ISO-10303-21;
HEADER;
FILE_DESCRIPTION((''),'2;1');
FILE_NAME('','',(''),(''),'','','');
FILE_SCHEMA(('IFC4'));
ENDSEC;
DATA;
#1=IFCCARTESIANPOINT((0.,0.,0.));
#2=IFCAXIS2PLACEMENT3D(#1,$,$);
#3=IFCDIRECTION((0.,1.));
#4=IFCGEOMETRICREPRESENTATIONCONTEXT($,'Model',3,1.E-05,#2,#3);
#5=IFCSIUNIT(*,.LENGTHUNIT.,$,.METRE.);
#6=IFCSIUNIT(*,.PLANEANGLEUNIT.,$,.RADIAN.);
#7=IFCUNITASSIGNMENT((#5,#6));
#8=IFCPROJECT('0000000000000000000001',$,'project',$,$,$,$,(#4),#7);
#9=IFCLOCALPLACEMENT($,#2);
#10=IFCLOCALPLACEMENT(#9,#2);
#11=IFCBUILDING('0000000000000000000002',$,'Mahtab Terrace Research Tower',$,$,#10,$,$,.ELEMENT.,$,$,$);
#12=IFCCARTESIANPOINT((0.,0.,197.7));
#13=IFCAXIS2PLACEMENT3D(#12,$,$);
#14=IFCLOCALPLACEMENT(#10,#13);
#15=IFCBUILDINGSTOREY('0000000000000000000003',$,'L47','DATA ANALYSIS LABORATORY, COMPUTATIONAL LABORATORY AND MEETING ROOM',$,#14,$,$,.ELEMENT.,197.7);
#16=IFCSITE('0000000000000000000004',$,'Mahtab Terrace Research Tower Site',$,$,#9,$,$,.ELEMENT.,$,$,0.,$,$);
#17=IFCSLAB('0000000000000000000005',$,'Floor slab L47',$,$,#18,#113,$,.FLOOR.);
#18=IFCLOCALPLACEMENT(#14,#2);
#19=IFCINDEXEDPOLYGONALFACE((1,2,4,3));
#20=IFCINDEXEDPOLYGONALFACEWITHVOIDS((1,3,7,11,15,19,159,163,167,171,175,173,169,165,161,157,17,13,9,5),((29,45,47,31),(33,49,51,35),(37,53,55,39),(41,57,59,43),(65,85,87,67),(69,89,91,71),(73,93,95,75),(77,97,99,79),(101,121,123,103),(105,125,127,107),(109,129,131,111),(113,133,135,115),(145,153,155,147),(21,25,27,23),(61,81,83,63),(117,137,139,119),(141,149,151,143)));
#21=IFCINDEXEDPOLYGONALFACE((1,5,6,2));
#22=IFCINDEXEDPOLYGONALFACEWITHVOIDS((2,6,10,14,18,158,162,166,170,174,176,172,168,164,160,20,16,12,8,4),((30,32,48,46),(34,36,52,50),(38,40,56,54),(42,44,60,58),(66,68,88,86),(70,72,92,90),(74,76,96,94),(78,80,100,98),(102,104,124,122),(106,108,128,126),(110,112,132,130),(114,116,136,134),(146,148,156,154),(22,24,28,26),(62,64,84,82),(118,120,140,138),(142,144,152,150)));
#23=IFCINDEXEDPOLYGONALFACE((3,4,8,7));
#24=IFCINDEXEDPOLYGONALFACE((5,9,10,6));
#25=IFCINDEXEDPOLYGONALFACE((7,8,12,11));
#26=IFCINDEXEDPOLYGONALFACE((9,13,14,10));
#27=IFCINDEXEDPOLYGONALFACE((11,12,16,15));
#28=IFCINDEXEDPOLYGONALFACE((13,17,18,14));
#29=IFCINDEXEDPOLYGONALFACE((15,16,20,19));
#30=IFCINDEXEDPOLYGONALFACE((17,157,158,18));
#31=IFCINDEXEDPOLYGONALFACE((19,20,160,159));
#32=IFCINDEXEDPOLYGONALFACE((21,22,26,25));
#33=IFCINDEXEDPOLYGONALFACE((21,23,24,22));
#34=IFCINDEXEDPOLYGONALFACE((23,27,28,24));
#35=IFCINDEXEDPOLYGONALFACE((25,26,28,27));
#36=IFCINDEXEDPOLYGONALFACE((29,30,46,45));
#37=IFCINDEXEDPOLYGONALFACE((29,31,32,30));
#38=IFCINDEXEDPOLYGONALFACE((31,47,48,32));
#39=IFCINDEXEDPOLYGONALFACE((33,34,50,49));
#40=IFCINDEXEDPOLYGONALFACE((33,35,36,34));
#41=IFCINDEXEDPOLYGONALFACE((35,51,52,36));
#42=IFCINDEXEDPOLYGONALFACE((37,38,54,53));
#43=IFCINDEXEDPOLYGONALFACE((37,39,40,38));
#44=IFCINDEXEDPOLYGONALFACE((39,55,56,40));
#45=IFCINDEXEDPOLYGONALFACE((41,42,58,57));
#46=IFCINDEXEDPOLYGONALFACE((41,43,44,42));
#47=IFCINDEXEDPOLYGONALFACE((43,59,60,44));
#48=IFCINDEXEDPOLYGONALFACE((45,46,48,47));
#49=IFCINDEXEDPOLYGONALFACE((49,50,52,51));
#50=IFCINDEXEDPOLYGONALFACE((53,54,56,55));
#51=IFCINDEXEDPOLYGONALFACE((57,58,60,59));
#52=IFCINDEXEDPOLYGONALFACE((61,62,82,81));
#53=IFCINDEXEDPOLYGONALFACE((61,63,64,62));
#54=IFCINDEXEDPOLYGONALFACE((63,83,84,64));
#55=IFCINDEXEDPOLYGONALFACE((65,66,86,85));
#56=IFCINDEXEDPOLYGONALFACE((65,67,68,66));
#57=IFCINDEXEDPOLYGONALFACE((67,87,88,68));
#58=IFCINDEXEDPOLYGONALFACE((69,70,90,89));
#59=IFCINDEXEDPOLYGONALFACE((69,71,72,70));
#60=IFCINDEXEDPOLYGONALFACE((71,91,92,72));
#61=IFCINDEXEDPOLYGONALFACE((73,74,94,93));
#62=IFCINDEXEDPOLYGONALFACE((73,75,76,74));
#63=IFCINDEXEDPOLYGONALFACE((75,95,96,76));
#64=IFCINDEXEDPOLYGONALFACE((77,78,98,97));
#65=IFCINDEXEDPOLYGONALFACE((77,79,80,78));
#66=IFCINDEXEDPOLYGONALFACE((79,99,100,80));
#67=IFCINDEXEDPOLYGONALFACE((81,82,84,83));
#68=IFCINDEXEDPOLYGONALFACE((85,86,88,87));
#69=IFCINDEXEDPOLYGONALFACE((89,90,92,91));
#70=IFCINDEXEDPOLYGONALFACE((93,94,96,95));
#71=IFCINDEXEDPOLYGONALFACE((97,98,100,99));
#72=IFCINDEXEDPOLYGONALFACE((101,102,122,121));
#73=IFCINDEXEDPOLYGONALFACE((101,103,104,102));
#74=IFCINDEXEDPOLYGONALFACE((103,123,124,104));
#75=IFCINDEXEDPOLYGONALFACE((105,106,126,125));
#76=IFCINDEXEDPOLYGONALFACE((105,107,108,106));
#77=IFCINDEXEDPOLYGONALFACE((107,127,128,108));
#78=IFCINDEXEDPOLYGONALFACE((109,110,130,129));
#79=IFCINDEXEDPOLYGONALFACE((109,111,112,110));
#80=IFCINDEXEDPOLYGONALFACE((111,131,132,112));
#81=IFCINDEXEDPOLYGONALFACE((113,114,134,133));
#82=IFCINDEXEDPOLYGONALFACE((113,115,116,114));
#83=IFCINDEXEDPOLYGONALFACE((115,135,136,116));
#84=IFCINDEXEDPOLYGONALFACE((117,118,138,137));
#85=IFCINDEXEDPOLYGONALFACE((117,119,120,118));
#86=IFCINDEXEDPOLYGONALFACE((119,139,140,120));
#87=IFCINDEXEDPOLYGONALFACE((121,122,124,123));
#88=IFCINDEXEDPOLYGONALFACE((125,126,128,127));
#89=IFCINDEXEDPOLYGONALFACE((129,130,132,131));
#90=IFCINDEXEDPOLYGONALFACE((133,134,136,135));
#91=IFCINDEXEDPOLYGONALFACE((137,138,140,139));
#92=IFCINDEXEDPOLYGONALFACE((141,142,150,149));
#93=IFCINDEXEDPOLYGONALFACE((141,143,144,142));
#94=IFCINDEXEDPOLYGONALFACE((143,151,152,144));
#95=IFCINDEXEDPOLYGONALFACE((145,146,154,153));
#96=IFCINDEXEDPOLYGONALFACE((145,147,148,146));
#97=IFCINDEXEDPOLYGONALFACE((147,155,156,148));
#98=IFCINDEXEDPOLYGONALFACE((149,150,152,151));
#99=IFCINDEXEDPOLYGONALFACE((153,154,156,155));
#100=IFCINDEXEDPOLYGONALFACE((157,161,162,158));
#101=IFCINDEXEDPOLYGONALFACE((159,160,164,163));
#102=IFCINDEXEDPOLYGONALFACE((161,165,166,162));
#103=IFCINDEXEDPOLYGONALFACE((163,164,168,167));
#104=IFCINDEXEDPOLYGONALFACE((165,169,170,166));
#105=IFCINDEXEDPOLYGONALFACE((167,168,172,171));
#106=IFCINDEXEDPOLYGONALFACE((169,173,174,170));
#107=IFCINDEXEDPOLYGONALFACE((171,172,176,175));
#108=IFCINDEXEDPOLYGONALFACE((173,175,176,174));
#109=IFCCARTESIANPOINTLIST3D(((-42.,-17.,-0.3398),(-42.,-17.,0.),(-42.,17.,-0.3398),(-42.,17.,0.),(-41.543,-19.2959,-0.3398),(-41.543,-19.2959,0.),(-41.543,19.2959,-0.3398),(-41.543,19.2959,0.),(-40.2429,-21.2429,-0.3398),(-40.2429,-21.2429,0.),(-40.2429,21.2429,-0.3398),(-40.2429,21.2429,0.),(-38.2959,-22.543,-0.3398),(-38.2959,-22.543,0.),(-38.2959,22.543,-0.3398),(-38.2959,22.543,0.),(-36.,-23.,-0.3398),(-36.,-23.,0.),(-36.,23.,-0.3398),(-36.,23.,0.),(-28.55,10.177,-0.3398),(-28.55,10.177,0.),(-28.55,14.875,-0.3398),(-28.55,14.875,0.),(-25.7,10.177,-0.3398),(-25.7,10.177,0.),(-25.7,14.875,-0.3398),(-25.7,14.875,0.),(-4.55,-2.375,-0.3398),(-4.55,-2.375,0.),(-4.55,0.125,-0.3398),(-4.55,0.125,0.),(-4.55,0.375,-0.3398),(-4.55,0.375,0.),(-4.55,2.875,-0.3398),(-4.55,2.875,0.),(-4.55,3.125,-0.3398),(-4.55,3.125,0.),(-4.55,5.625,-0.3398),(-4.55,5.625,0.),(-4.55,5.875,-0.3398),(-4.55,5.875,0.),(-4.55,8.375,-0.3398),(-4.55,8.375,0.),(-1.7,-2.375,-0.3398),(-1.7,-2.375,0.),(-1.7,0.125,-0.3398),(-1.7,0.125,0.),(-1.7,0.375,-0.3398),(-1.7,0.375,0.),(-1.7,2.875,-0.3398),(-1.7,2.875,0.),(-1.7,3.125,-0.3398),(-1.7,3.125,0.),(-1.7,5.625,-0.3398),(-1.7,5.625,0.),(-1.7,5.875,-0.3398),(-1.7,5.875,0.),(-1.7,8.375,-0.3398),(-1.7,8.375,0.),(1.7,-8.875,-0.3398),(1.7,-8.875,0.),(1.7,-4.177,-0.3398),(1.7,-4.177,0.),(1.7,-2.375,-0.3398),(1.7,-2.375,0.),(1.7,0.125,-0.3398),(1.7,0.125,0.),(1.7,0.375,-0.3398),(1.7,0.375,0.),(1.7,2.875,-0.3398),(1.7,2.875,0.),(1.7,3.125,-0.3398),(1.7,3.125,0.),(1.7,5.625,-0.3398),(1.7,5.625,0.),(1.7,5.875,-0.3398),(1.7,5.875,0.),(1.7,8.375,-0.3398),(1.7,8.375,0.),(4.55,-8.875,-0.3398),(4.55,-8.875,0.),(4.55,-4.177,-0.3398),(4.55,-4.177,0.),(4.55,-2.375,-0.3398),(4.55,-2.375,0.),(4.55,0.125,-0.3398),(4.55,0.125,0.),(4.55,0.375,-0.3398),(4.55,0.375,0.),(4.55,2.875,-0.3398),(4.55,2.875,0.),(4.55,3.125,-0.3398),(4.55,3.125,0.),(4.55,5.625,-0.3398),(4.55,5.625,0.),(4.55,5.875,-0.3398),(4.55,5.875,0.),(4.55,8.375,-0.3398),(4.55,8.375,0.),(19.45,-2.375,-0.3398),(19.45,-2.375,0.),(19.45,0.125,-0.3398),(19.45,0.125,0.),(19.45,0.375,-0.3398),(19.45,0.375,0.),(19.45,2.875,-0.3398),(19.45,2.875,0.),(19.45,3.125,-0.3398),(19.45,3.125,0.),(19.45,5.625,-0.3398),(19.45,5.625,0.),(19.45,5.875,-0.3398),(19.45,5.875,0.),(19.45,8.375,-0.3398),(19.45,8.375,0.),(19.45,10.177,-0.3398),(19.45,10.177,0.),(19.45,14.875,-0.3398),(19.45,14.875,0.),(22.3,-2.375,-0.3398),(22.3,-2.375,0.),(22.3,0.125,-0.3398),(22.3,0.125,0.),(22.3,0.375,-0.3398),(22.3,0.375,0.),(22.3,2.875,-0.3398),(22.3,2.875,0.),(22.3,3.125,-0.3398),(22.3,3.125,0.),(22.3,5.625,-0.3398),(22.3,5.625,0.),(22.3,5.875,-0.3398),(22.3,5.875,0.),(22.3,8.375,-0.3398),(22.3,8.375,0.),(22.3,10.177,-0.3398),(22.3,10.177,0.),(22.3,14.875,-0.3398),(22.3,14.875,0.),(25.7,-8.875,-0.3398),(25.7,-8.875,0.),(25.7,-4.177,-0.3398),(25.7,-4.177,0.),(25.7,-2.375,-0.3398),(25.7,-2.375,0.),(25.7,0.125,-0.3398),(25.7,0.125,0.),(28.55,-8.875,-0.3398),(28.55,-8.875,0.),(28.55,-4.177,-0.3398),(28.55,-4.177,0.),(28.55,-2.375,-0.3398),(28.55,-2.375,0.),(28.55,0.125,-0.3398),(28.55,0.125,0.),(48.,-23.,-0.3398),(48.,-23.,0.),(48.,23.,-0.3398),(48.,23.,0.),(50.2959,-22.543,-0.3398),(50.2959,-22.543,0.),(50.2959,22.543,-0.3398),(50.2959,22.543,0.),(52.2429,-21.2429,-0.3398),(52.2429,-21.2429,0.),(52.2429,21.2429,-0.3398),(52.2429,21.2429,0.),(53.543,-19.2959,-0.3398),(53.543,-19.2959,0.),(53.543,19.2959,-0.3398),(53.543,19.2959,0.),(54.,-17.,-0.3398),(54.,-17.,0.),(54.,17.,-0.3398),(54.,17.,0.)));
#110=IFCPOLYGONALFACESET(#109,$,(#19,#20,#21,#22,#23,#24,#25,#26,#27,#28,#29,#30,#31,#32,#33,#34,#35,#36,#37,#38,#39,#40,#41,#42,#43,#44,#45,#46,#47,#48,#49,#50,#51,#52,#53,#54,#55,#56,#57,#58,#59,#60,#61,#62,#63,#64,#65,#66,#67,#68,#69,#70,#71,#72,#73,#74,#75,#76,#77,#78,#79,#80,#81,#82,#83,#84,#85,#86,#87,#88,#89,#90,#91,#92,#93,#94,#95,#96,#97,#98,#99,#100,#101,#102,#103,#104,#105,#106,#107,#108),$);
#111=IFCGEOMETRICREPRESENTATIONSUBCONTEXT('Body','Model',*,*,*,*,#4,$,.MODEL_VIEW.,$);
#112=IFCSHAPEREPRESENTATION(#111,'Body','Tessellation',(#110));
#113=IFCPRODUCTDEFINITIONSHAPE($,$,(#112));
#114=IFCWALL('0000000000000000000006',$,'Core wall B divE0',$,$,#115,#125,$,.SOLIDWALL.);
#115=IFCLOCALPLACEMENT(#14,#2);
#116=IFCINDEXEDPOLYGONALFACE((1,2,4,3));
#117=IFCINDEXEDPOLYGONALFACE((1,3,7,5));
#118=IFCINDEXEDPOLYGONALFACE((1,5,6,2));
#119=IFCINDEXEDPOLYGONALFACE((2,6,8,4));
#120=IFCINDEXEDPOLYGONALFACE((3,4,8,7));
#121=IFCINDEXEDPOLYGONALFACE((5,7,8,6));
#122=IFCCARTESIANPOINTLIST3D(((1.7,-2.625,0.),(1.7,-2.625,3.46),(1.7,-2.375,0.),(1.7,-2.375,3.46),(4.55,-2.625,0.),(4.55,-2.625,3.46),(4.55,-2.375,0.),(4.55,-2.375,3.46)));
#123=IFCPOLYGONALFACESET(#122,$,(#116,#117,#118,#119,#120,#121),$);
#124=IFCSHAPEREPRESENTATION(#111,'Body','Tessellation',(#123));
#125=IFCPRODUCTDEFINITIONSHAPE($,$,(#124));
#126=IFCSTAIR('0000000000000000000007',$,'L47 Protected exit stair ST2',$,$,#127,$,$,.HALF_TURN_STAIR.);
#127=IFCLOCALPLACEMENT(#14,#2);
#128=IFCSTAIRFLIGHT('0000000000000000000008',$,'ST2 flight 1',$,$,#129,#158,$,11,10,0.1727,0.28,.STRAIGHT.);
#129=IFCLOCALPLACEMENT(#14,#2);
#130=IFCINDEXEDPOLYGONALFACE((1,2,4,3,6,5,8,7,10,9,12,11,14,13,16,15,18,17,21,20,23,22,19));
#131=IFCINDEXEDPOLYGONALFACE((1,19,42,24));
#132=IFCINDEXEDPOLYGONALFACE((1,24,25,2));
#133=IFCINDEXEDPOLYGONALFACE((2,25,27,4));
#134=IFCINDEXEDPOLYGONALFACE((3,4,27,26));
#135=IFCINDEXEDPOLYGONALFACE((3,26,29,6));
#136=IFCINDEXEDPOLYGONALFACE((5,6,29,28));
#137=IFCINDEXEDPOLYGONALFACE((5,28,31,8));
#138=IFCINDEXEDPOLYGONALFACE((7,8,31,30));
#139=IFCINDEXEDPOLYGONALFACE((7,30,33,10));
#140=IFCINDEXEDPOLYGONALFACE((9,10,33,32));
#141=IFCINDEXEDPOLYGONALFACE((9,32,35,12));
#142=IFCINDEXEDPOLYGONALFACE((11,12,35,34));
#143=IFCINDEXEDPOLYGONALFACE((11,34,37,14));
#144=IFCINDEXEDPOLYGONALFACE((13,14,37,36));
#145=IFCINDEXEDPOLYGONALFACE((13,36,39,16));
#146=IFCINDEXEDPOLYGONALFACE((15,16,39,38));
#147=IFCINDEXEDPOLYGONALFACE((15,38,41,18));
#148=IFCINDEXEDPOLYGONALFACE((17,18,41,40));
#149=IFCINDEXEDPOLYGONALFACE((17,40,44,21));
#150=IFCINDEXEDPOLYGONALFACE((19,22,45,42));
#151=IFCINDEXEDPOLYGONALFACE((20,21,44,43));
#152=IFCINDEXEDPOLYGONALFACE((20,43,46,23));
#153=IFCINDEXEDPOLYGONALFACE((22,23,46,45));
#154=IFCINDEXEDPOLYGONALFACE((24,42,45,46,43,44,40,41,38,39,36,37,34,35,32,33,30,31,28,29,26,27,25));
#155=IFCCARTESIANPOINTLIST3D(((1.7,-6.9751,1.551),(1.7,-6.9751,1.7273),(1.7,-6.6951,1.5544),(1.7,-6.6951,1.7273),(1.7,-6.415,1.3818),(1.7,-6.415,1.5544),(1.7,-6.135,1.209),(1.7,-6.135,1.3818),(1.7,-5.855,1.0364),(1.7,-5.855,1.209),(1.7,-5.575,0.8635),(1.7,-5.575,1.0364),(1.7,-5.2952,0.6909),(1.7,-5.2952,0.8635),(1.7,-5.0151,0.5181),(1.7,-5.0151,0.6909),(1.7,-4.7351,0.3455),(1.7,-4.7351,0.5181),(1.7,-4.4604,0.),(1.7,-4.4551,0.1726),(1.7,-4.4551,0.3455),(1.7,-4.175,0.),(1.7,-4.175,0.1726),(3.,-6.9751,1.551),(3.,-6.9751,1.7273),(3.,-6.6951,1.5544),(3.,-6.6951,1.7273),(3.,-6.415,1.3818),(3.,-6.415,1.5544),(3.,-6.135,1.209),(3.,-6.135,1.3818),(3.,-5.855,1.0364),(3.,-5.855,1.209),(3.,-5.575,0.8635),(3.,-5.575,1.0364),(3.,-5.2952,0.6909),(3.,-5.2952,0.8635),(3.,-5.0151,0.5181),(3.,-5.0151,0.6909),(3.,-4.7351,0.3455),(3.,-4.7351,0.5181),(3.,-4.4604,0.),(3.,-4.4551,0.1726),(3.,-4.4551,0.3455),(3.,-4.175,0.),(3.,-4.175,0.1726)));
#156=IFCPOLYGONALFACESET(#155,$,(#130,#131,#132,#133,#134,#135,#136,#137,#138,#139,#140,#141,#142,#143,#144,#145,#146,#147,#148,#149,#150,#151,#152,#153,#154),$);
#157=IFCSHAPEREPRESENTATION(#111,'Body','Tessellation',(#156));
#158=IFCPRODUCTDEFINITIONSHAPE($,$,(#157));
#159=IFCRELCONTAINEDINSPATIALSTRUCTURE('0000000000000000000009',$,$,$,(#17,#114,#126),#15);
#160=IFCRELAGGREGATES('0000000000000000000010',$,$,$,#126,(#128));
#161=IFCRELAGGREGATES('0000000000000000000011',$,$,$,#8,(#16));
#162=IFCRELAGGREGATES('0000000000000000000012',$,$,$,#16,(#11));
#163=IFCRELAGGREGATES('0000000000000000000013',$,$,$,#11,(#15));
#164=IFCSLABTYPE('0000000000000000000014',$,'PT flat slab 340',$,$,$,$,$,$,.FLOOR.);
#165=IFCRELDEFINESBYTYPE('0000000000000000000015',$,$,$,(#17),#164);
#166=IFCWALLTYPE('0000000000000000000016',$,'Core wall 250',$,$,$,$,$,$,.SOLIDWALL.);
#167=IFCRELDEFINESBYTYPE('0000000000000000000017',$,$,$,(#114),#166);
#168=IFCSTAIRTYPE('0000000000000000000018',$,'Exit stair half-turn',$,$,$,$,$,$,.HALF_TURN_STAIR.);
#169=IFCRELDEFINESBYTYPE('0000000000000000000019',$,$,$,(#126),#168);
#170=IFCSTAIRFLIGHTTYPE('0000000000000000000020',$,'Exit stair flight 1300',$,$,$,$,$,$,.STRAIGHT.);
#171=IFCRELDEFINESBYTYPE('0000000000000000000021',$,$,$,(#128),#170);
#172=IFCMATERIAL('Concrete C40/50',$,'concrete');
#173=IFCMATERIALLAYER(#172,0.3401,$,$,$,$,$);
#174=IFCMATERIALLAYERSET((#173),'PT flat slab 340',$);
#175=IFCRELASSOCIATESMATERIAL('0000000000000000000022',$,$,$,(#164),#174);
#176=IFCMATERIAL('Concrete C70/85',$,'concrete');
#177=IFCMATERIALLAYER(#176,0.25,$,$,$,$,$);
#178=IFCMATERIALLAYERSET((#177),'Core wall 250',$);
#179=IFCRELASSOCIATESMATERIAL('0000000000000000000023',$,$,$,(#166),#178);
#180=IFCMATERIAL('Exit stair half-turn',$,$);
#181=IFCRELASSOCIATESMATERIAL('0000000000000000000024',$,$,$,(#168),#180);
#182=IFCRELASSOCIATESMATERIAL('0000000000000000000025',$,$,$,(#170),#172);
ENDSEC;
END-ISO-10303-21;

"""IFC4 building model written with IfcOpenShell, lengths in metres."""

from ifc_helpers import new_model, si_unit, direction, frame, frame_2d, origin, place, context, subcontext, project, spatial, polyline, rectangle, outline, extrude, material, layer, layer_set, type_object, element, aggregate, save


model = new_model("IFC4")

# Units and contexts
model_context = context("Model", 3, precision=1e-05, world=origin(), true_north=direction((0.0, 1.0)))
body_context = subcontext(model_context, "Body", "Model", "MODEL_VIEW")
ifc_project = project(units=[si_unit("LENGTHUNIT", "METRE"), si_unit("PLANEANGLEUNIT", "RADIAN")], contexts=[model_context])

# Site, building, storey
site_placement = place(None, origin())
site = spatial("IfcSite", under=ifc_project, at=site_placement, Name="Mahtab Terrace Research Tower Site", CompositionType="ELEMENT", RefElevation=0.0)
building_placement = place(site_placement, origin())
building = spatial("IfcBuilding", under=site, at=building_placement, Name="Mahtab Terrace Research Tower", CompositionType="ELEMENT")
storey_placement = place(building_placement, frame((0.0, 0.0, 197.7)))
storey = spatial("IfcBuildingStorey", under=building, at=storey_placement, Name="L47", Description="DATA ANALYSIS LABORATORY, COMPUTATIONAL LABORATORY AND MEETING ROOM", CompositionType="ELEMENT", Elevation=197.7)

# Slab
ifc_material_1 = material(Name="Concrete C40/50", Category="concrete")
ifc_layer_1 = layer(ifc_material_1, 0.3401)
ifc_layer_set_1 = layer_set([ifc_layer_1], Name="PT flat slab 340")
slab_type = type_object("IfcSlabType", Name="PT flat slab 340", PredefinedType="FLOOR", material=ifc_layer_set_1)
slab_placement = place(storey_placement, frame((0.0, 0.0, -0.3398)))
element("IfcSlab", 1, at=slab_placement, inside=storey, type_object=slab_type, Name="Floor slab L47", PredefinedType="FLOOR", context=body_context, shape_type="SweptSolid", body=[
    extrude(outline(polyline([(53.543, 19.2959), (52.2429, 21.2429), (50.2959, 22.543), (48.0, 23.0), (-36.0, 23.0), (-38.2959, 22.543), (-40.2429, 21.2429), (-41.543, 19.2959), (-42.0, 17.0), (-42.0, -17.0), (-41.543, -19.2959), (-40.2429, -21.2429), (-38.2959, -22.543), (-36.0, -23.0), (48.0, -23.0), (50.2959, -22.543), (52.2429, -21.2429), (53.543, -19.2959), (54.0, -17.0), (54.0, 17.0), (53.543, 19.2959)]), holes=[polyline([(-4.55, -2.375), (-4.55, 0.125), (-1.7, 0.125), (-1.7, -2.375), (-4.55, -2.375)]), polyline([(1.7, -2.375), (1.7, 0.125), (4.55, 0.125), (4.55, -2.375), (1.7, -2.375)]), polyline([(-4.55, 0.375), (-4.55, 2.875), (-1.7, 2.875), (-1.7, 0.375), (-4.55, 0.375)]), polyline([(1.7, 0.375), (1.7, 2.875), (4.55, 2.875), (4.55, 0.375), (1.7, 0.375)]), polyline([(-4.55, 3.125), (-4.55, 5.625), (-1.7, 5.625), (-1.7, 3.125), (-4.55, 3.125)]), polyline([(1.7, 3.125), (1.7, 5.625), (4.55, 5.625), (4.55, 3.125), (1.7, 3.125)]), polyline([(-4.55, 5.875), (-4.55, 8.375), (-1.7, 8.375), (-1.7, 5.875), (-4.55, 5.875)]), polyline([(1.7, 5.875), (1.7, 8.375), (4.55, 8.375), (4.55, 5.875), (1.7, 5.875)]), polyline([(-28.55, 10.177), (-28.55, 14.875), (-25.7, 14.875), (-25.7, 10.177), (-28.55, 10.177)]), polyline([(1.7, -8.875), (1.7, -4.177), (4.55, -4.177), (4.55, -8.875), (1.7, -8.875)]), polyline([(25.7, -8.875), (25.7, -4.177), (28.55, -4.177), (28.55, -8.875), (25.7, -8.875)]), polyline([(19.45, -2.375), (19.45, 0.125), (22.3, 0.125), (22.3, -2.375), (19.45, -2.375)]), polyline([(25.7, -2.375), (25.7, 0.125), (28.55, 0.125), (28.55, -2.375), (25.7, -2.375)]), polyline([(19.45, 0.375), (19.45, 2.875), (22.3, 2.875), (22.3, 0.375), (19.45, 0.375)]), polyline([(19.45, 3.125), (19.45, 5.625), (22.3, 5.625), (22.3, 3.125), (19.45, 3.125)]), polyline([(19.45, 8.375), (22.3, 8.375), (22.3, 5.875), (19.45, 5.875), (19.45, 8.375)]), polyline([(19.45, 14.875), (22.3, 14.875), (22.3, 10.177), (19.45, 10.177), (19.45, 14.875)])]), origin(), (0.0, 0.0, 1.0), 0.3398),
])

# Wall
ifc_material_2 = material(Name="Concrete C70/85", Category="concrete")
ifc_layer_2 = layer(ifc_material_2, 0.25)
ifc_layer_set_2 = layer_set([ifc_layer_2], Name="Core wall 250")
wall_type = type_object("IfcWallType", Name="Core wall 250", PredefinedType="SOLIDWALL", material=ifc_layer_set_2)
wall_placement = place(storey_placement, frame((1.7, -2.5, 0.0), z_axis=(0.0, 0.0, 1.0), x_axis=(1.0, 0.0, 0.0)))
element("IfcWall", 2, at=wall_placement, inside=storey, type_object=wall_type, Name="Core wall B divE0", PredefinedType="SOLIDWALL", context=body_context, shape_type="SweptSolid", body=[
    extrude(rectangle(XDim=2.8501, YDim=0.25, at=frame_2d((1.425, 0.0))), origin(), (0.0, 0.0, 1.0), 3.46),
])

# Stair, stair flight
ifc_material_3 = material(Name="Exit stair half-turn")
stair_type = type_object("IfcStairType", Name="Exit stair half-turn", PredefinedType="HALF_TURN_STAIR", material=ifc_material_3)
stair_placement = place(storey_placement, origin())
stair = element("IfcStair", 3, at=stair_placement, inside=storey, type_object=stair_type, Name="L47 Protected exit stair ST2", PredefinedType="HALF_TURN_STAIR")
stair_flight_type = type_object("IfcStairFlightType", Name="Exit stair flight 1300", PredefinedType="STRAIGHT", material=ifc_material_1)
stair_flight_1_placement = place(storey_placement, frame((2.3501, -4.175, 0.0), z_axis=(0.0, 0.0, 1.0), x_axis=(0.0, -1.0, 0.0)))
stair_flight_1 = element("IfcStairFlight", 4, at=stair_flight_1_placement, type_object=stair_flight_type, Name="ST2 flight 1", NumberOfRisers=11, NumberOfTreads=10, PredefinedType="STRAIGHT", RiserHeight=0.1727, TreadLength=0.28, context=body_context, shape_type="SweptSolid", body=[
    extrude(outline(polyline([(0.0, 0.0), (0.0, 0.1726), (0.28, 0.1726), (0.28, 0.3455), (0.5601, 0.3455), (0.5601, 0.5181), (0.8401, 0.5181), (0.8401, 0.6909), (1.1201, 0.6909), (1.1201, 0.8635), (1.3999, 0.8635), (1.3999, 1.0364), (1.6799, 1.0364), (1.6799, 1.209), (1.96, 1.209), (1.96, 1.3818), (2.24, 1.3818), (2.24, 1.5544), (2.52, 1.5544), (2.52, 1.7273), (2.8, 1.7273), (2.8, 1.8999), (2.8, 1.551), (0.2854, 0.0), (0.0, 0.0)])), frame((0.0, 0.6499, 0.0), z_axis=(0.0, -1.0, 0.0), x_axis=(1.0, 0.0, 0.0)), (0.0, 0.0, 1.0), 1.3),
])
aggregate(stair, [stair_flight_1])

save(model, "model.ifc")
